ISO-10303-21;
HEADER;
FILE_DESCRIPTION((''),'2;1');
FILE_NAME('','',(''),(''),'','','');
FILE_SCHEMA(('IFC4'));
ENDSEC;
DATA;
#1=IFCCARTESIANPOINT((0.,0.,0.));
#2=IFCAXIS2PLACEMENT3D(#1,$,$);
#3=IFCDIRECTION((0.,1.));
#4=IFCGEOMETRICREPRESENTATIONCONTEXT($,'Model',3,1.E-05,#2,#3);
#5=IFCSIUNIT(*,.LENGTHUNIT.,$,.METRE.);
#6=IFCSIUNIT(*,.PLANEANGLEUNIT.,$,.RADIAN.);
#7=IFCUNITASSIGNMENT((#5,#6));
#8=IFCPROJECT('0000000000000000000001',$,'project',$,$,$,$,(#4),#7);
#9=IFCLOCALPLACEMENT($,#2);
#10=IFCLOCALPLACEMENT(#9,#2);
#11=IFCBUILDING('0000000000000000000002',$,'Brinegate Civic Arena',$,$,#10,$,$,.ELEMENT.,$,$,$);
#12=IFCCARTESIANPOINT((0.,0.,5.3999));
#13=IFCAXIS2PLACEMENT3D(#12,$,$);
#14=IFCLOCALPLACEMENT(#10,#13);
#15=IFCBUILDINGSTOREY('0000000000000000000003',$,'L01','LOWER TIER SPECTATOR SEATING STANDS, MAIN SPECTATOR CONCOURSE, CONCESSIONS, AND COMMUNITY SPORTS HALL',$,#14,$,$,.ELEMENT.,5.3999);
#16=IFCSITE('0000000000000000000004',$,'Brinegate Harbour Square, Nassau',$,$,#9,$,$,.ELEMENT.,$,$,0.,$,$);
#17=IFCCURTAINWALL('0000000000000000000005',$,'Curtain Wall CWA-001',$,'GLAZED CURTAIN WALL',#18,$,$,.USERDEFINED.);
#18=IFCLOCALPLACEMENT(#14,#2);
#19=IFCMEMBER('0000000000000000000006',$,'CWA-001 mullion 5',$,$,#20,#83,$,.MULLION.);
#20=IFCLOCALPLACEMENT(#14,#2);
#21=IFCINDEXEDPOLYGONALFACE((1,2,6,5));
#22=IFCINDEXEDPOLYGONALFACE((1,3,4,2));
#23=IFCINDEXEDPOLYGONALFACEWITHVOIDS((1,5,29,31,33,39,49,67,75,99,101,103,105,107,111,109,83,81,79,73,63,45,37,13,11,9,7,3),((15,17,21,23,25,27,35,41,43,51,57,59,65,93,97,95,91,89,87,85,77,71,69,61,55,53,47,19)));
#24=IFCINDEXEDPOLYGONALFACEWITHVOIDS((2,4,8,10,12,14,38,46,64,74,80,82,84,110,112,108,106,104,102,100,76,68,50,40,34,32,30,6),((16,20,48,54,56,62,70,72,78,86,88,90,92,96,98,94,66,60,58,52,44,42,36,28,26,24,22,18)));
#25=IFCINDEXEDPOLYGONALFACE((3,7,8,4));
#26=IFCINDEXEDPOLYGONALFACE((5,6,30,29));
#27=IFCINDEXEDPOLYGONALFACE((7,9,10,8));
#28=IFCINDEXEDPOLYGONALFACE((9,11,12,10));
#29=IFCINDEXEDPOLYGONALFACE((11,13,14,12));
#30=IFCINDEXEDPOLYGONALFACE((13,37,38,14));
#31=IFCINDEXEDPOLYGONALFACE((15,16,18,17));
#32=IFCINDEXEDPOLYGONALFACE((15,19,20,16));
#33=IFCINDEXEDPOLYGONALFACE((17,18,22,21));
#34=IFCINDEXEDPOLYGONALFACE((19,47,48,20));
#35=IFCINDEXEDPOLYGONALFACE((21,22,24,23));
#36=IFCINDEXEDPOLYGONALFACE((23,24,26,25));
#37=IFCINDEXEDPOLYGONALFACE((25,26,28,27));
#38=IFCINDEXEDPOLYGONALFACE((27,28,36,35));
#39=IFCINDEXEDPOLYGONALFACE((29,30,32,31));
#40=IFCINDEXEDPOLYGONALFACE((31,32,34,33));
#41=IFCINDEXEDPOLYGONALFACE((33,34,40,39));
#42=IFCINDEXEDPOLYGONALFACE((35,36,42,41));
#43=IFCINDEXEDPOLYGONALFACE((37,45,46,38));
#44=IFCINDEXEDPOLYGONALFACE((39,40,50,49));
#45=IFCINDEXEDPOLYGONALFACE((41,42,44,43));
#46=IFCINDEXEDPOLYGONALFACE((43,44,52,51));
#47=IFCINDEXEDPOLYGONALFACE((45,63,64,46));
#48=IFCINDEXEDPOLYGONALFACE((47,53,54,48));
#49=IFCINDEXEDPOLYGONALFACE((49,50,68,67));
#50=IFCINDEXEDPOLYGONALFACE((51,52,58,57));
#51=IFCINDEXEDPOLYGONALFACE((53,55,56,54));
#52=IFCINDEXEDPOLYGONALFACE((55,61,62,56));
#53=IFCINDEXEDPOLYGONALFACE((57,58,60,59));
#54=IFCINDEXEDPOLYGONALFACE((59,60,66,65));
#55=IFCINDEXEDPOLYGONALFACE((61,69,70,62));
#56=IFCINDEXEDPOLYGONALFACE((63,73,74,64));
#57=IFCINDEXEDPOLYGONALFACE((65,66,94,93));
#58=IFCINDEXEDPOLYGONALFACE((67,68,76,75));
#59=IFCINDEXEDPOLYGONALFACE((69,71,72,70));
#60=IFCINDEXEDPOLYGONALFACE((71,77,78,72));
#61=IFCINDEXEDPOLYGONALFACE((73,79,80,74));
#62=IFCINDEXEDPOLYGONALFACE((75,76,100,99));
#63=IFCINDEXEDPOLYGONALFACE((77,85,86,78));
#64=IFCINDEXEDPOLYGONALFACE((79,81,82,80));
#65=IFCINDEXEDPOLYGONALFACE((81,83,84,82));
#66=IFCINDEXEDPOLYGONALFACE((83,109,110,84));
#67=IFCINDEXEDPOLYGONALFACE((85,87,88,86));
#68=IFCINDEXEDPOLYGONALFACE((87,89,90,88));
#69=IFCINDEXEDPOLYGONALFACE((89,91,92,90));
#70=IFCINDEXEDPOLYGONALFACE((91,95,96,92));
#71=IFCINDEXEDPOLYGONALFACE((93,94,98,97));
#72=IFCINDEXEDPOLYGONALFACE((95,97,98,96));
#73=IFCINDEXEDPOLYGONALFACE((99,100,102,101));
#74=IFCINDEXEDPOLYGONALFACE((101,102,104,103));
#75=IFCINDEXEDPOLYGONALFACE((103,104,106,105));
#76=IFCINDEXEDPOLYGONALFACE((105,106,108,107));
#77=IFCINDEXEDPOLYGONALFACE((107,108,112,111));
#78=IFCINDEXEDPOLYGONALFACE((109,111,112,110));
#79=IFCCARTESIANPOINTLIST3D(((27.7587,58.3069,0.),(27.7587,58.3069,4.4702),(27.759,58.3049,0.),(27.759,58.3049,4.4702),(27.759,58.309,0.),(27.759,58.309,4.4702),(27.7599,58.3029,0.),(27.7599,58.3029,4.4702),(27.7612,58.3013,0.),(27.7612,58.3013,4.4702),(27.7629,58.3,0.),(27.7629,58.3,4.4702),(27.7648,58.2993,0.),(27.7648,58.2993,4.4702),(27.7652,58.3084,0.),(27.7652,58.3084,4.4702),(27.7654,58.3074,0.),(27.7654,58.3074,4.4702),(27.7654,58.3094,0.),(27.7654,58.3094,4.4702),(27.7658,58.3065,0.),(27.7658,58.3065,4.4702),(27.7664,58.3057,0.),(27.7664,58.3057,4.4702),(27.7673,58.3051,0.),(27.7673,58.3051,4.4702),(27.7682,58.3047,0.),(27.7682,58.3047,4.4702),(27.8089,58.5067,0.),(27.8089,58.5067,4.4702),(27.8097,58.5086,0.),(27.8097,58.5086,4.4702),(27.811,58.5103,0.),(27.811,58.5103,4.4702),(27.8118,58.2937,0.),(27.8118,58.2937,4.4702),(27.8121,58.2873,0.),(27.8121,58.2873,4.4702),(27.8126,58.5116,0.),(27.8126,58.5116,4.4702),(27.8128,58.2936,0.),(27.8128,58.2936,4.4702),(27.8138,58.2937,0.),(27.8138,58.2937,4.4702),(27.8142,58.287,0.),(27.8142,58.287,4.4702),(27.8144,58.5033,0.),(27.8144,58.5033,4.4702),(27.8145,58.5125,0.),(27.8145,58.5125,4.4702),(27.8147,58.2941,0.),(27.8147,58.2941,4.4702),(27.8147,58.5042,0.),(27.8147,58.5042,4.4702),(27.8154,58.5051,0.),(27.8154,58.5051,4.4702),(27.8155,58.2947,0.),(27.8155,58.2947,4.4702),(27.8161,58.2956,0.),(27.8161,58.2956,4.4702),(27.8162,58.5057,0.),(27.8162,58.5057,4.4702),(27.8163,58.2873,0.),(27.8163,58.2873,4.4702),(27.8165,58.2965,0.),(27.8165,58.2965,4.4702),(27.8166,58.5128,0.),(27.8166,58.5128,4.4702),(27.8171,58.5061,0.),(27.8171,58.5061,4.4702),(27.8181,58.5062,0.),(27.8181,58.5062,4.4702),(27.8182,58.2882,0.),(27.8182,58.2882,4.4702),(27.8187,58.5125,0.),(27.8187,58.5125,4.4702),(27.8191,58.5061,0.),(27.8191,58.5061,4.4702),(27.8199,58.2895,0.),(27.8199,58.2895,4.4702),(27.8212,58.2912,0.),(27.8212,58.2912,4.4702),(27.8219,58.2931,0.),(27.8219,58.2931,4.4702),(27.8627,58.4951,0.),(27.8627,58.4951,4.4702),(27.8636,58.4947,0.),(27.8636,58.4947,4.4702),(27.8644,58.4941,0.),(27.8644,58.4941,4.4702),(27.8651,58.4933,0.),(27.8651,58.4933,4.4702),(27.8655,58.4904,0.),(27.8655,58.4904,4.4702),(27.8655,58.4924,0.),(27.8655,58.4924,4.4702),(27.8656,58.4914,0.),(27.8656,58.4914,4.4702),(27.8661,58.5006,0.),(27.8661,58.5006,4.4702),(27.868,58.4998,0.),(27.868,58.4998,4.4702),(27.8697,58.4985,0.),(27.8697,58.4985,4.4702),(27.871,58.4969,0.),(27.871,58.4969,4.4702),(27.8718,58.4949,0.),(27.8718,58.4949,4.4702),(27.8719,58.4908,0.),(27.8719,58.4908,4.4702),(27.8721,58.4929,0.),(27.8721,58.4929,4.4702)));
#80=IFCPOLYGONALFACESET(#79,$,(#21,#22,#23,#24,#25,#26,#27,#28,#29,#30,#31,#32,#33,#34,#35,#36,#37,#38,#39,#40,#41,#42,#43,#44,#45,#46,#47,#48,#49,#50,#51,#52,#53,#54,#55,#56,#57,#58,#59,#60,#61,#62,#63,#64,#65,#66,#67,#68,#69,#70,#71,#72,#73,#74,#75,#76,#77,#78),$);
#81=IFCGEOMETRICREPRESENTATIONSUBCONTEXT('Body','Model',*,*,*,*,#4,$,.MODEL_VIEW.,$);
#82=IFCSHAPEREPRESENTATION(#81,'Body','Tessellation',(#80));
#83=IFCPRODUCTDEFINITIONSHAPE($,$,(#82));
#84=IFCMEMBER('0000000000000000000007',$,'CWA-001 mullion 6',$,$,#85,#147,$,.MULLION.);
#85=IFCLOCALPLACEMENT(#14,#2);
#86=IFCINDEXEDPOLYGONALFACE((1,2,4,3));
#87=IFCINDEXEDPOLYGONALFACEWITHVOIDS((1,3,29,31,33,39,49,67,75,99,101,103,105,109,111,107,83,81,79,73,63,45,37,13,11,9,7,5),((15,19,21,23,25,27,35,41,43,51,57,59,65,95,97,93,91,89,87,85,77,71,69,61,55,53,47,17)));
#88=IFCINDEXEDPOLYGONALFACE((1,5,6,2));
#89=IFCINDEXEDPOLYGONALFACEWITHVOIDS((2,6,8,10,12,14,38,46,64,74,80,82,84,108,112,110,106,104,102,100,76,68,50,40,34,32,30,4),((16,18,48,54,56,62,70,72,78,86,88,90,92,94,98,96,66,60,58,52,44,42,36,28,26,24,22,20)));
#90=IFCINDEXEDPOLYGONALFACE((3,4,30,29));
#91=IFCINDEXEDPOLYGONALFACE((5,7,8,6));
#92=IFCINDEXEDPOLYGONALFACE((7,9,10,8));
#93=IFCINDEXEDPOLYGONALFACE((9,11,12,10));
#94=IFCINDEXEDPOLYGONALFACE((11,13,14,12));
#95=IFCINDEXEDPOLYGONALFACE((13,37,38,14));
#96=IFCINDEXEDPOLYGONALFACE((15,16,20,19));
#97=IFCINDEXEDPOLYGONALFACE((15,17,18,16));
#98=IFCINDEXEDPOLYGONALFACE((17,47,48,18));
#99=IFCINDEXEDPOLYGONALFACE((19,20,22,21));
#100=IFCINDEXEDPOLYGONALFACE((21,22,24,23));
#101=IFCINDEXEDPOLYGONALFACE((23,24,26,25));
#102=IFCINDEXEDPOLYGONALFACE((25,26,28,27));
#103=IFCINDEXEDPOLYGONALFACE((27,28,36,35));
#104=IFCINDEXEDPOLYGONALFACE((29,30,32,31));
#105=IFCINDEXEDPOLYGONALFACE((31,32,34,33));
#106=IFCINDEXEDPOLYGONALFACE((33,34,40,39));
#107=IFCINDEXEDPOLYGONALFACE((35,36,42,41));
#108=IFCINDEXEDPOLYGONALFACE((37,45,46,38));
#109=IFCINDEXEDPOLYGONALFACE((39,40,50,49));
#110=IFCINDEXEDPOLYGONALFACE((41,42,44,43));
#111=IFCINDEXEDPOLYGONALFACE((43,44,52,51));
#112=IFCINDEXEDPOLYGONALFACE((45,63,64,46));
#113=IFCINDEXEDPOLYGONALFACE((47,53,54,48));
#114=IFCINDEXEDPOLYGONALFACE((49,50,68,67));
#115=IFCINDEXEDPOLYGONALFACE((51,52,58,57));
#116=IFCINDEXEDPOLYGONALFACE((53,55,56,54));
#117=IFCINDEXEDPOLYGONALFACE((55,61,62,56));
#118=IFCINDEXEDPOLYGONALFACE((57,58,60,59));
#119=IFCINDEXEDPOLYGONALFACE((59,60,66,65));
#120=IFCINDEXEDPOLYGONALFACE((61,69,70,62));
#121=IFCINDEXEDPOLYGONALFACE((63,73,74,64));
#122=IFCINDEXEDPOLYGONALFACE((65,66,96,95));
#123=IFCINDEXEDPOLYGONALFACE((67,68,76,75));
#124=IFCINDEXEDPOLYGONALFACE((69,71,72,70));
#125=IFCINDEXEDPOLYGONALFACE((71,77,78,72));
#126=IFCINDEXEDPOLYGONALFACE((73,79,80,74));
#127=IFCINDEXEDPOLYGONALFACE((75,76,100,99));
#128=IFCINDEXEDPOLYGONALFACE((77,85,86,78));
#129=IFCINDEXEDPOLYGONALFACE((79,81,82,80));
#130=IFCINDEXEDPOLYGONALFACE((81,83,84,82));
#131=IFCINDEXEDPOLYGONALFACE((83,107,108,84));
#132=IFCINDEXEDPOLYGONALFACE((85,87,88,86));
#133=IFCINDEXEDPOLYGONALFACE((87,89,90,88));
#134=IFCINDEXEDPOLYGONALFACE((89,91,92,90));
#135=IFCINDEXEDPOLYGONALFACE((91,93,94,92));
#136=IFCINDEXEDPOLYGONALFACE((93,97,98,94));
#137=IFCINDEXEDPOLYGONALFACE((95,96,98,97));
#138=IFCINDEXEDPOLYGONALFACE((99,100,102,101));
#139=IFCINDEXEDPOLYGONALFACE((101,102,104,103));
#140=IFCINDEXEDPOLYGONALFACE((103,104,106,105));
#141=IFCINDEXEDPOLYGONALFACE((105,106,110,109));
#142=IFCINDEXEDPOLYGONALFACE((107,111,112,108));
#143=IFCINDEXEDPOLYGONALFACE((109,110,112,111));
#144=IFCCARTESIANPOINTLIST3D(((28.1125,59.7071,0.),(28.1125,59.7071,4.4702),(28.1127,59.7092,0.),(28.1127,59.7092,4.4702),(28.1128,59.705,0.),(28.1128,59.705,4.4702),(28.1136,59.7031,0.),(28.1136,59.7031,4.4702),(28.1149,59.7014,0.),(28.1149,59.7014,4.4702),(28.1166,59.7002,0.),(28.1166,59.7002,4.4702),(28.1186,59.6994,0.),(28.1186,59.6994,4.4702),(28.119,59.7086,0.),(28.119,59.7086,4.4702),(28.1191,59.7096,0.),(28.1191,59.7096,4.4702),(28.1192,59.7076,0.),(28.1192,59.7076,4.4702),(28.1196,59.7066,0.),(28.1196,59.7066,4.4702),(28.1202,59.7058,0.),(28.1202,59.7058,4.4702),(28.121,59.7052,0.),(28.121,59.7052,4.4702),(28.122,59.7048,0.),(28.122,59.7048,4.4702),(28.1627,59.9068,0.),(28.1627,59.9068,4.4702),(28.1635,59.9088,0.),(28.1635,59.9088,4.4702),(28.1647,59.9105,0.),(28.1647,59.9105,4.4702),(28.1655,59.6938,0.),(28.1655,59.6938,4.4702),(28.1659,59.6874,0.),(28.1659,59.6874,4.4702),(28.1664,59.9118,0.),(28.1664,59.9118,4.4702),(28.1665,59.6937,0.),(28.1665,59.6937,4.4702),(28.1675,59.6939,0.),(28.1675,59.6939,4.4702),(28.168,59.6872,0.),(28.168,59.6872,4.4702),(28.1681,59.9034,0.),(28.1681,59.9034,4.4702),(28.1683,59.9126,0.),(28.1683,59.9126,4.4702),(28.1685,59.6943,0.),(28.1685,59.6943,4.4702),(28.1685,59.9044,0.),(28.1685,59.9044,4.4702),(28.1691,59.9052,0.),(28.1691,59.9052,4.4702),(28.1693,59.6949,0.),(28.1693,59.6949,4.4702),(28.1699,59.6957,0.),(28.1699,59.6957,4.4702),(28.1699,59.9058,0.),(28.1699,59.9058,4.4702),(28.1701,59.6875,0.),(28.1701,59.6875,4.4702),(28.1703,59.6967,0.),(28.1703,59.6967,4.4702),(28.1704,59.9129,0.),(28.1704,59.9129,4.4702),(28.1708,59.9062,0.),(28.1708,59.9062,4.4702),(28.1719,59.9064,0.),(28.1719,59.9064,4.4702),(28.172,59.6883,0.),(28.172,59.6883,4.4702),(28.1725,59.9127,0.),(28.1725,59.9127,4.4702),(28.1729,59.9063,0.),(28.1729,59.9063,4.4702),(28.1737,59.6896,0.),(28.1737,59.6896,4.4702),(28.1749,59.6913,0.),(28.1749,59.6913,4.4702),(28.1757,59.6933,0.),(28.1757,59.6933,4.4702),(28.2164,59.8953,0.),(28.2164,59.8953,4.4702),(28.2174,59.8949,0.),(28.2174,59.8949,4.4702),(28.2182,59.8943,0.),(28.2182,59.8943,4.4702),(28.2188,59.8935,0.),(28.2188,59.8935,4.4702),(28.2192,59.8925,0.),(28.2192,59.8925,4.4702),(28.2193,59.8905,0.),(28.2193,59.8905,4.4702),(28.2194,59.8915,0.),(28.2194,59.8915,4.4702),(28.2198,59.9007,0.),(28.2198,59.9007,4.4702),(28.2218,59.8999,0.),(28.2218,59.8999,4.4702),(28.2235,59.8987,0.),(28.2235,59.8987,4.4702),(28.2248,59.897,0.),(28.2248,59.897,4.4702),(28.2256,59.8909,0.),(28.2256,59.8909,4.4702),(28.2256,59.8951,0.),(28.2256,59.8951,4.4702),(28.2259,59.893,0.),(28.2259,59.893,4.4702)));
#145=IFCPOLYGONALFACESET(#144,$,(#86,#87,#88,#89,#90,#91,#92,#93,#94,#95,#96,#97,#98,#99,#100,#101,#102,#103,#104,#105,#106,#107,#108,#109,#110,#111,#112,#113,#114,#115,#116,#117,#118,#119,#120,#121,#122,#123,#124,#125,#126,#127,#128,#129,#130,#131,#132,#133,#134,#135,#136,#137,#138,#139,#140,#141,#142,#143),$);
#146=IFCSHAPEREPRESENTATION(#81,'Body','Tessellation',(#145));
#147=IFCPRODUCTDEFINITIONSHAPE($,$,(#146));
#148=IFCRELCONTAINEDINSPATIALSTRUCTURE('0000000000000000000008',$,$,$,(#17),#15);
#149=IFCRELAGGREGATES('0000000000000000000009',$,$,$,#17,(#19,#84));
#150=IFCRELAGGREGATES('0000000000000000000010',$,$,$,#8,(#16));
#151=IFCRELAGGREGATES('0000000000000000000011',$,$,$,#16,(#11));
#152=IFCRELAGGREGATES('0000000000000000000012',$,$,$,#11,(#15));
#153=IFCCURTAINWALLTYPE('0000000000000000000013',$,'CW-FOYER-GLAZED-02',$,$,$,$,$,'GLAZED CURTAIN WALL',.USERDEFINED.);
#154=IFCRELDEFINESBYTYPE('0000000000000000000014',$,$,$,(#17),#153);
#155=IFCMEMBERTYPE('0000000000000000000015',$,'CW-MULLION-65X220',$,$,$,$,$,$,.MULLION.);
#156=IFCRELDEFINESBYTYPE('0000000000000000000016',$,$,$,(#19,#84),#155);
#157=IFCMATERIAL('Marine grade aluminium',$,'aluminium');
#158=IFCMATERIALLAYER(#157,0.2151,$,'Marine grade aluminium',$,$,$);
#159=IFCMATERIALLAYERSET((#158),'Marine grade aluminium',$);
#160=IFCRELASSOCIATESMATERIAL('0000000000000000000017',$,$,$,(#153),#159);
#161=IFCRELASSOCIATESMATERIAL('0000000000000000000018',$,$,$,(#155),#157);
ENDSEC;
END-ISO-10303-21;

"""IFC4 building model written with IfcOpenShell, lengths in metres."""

from ifc_helpers import new_model, si_unit, direction, frame, origin, origin_2d, place, context, subcontext, project, spatial, hollow_rectangle, extrude, material, layer, layer_set, material_profile, profile_set, type_object, element, aggregate, save


model = new_model("IFC4")

# Units and contexts
model_context = context("Model", 3, precision=1e-05, world=origin(), true_north=direction((0.0, 1.0)))
body_context = subcontext(model_context, "Body", "Model", "MODEL_VIEW")
ifc_project = project(units=[si_unit("LENGTHUNIT", "METRE"), si_unit("PLANEANGLEUNIT", "RADIAN")], contexts=[model_context])

# Site, building, storey
site_placement = place(None, origin())
site = spatial("IfcSite", under=ifc_project, at=site_placement, Name="Brinegate Harbour Square, Nassau", CompositionType="ELEMENT", RefElevation=0.0)
building_placement = place(site_placement, origin())
building = spatial("IfcBuilding", under=site, at=building_placement, Name="Brinegate Civic Arena", CompositionType="ELEMENT")
storey_placement = place(building_placement, frame((0.0, 0.0, 5.3999)))
storey = spatial("IfcBuildingStorey", under=building, at=storey_placement, Name="L01", Description="LOWER TIER SPECTATOR SEATING STANDS, MAIN SPECTATOR CONCOURSE, CONCESSIONS, AND COMMUNITY SPORTS HALL", CompositionType="ELEMENT", Elevation=5.3999)

# Curtain wall, members
ifc_material_1 = material(Name="Marine grade aluminium", Category="aluminium")
ifc_layer_1 = layer(ifc_material_1, 0.2151, Name="Marine grade aluminium")
ifc_layer_set_1 = layer_set([ifc_layer_1], Name="Marine grade aluminium")
curtain_wall_type = type_object("IfcCurtainWallType", Name="CW-FOYER-GLAZED-02", ElementType="GLAZED CURTAIN WALL", PredefinedType="USERDEFINED", material=ifc_layer_set_1)
curtain_wall_placement = place(storey_placement, origin())
curtain_wall = element("IfcCurtainWall", 1, at=curtain_wall_placement, inside=storey, type_object=curtain_wall_type, Name="Curtain Wall CWA-001", ObjectType="GLAZED CURTAIN WALL", PredefinedType="USERDEFINED")
ifc_material_profile_1 = material_profile(ifc_material_1, hollow_rectangle(XDim=0.0649, YDim=0.22, WallThickness=0.0061, InnerFilletRadius=0.0039, OuterFilletRadius=0.0081, at=origin_2d()), Name="MUL65X220")
ifc_profile_set_1 = profile_set([ifc_material_profile_1], Name="Marine grade aluminium")
member_type_1 = type_object("IfcMemberType", Name="CW-MULLION-65X220", PredefinedType="MULLION", material=ifc_profile_set_1)
member_1_placement = place(storey_placement, frame((27.8154, 58.3999, 0.0), z_axis=(0.0, 0.0, 1.0), x_axis=(-0.969513, 0.245042, 0.0)))
member_1 = element("IfcMember", 2, at=member_1_placement, type_object=member_type_1, Name="CWA-001 mullion 5", PredefinedType="MULLION", context=body_context, shape_type="SweptSolid", body=[
    extrude(hollow_rectangle(XDim=0.0649, YDim=0.22, WallThickness=0.0061, InnerFilletRadius=0.0039, OuterFilletRadius=0.0081, at=origin_2d()), origin(), (0.0, 0.0, 1.0), 4.4702),
])
member_2_placement = place(storey_placement, frame((28.1692, 59.8, 0.0), z_axis=(0.0, 0.0, 1.0), x_axis=(-0.969513, 0.245042, 0.0)))
member_2 = element("IfcMember", 3, at=member_2_placement, type_object=member_type_1, Name="CWA-001 mullion 6", PredefinedType="MULLION", context=body_context, shape_type="SweptSolid", body=[
    extrude(hollow_rectangle(XDim=0.0649, YDim=0.22, WallThickness=0.0061, InnerFilletRadius=0.0039, OuterFilletRadius=0.0081, at=origin_2d()), origin(), (0.0, 0.0, 1.0), 4.4702),
])
aggregate(curtain_wall, [member_1, member_2])

save(model, "model.ifc")
